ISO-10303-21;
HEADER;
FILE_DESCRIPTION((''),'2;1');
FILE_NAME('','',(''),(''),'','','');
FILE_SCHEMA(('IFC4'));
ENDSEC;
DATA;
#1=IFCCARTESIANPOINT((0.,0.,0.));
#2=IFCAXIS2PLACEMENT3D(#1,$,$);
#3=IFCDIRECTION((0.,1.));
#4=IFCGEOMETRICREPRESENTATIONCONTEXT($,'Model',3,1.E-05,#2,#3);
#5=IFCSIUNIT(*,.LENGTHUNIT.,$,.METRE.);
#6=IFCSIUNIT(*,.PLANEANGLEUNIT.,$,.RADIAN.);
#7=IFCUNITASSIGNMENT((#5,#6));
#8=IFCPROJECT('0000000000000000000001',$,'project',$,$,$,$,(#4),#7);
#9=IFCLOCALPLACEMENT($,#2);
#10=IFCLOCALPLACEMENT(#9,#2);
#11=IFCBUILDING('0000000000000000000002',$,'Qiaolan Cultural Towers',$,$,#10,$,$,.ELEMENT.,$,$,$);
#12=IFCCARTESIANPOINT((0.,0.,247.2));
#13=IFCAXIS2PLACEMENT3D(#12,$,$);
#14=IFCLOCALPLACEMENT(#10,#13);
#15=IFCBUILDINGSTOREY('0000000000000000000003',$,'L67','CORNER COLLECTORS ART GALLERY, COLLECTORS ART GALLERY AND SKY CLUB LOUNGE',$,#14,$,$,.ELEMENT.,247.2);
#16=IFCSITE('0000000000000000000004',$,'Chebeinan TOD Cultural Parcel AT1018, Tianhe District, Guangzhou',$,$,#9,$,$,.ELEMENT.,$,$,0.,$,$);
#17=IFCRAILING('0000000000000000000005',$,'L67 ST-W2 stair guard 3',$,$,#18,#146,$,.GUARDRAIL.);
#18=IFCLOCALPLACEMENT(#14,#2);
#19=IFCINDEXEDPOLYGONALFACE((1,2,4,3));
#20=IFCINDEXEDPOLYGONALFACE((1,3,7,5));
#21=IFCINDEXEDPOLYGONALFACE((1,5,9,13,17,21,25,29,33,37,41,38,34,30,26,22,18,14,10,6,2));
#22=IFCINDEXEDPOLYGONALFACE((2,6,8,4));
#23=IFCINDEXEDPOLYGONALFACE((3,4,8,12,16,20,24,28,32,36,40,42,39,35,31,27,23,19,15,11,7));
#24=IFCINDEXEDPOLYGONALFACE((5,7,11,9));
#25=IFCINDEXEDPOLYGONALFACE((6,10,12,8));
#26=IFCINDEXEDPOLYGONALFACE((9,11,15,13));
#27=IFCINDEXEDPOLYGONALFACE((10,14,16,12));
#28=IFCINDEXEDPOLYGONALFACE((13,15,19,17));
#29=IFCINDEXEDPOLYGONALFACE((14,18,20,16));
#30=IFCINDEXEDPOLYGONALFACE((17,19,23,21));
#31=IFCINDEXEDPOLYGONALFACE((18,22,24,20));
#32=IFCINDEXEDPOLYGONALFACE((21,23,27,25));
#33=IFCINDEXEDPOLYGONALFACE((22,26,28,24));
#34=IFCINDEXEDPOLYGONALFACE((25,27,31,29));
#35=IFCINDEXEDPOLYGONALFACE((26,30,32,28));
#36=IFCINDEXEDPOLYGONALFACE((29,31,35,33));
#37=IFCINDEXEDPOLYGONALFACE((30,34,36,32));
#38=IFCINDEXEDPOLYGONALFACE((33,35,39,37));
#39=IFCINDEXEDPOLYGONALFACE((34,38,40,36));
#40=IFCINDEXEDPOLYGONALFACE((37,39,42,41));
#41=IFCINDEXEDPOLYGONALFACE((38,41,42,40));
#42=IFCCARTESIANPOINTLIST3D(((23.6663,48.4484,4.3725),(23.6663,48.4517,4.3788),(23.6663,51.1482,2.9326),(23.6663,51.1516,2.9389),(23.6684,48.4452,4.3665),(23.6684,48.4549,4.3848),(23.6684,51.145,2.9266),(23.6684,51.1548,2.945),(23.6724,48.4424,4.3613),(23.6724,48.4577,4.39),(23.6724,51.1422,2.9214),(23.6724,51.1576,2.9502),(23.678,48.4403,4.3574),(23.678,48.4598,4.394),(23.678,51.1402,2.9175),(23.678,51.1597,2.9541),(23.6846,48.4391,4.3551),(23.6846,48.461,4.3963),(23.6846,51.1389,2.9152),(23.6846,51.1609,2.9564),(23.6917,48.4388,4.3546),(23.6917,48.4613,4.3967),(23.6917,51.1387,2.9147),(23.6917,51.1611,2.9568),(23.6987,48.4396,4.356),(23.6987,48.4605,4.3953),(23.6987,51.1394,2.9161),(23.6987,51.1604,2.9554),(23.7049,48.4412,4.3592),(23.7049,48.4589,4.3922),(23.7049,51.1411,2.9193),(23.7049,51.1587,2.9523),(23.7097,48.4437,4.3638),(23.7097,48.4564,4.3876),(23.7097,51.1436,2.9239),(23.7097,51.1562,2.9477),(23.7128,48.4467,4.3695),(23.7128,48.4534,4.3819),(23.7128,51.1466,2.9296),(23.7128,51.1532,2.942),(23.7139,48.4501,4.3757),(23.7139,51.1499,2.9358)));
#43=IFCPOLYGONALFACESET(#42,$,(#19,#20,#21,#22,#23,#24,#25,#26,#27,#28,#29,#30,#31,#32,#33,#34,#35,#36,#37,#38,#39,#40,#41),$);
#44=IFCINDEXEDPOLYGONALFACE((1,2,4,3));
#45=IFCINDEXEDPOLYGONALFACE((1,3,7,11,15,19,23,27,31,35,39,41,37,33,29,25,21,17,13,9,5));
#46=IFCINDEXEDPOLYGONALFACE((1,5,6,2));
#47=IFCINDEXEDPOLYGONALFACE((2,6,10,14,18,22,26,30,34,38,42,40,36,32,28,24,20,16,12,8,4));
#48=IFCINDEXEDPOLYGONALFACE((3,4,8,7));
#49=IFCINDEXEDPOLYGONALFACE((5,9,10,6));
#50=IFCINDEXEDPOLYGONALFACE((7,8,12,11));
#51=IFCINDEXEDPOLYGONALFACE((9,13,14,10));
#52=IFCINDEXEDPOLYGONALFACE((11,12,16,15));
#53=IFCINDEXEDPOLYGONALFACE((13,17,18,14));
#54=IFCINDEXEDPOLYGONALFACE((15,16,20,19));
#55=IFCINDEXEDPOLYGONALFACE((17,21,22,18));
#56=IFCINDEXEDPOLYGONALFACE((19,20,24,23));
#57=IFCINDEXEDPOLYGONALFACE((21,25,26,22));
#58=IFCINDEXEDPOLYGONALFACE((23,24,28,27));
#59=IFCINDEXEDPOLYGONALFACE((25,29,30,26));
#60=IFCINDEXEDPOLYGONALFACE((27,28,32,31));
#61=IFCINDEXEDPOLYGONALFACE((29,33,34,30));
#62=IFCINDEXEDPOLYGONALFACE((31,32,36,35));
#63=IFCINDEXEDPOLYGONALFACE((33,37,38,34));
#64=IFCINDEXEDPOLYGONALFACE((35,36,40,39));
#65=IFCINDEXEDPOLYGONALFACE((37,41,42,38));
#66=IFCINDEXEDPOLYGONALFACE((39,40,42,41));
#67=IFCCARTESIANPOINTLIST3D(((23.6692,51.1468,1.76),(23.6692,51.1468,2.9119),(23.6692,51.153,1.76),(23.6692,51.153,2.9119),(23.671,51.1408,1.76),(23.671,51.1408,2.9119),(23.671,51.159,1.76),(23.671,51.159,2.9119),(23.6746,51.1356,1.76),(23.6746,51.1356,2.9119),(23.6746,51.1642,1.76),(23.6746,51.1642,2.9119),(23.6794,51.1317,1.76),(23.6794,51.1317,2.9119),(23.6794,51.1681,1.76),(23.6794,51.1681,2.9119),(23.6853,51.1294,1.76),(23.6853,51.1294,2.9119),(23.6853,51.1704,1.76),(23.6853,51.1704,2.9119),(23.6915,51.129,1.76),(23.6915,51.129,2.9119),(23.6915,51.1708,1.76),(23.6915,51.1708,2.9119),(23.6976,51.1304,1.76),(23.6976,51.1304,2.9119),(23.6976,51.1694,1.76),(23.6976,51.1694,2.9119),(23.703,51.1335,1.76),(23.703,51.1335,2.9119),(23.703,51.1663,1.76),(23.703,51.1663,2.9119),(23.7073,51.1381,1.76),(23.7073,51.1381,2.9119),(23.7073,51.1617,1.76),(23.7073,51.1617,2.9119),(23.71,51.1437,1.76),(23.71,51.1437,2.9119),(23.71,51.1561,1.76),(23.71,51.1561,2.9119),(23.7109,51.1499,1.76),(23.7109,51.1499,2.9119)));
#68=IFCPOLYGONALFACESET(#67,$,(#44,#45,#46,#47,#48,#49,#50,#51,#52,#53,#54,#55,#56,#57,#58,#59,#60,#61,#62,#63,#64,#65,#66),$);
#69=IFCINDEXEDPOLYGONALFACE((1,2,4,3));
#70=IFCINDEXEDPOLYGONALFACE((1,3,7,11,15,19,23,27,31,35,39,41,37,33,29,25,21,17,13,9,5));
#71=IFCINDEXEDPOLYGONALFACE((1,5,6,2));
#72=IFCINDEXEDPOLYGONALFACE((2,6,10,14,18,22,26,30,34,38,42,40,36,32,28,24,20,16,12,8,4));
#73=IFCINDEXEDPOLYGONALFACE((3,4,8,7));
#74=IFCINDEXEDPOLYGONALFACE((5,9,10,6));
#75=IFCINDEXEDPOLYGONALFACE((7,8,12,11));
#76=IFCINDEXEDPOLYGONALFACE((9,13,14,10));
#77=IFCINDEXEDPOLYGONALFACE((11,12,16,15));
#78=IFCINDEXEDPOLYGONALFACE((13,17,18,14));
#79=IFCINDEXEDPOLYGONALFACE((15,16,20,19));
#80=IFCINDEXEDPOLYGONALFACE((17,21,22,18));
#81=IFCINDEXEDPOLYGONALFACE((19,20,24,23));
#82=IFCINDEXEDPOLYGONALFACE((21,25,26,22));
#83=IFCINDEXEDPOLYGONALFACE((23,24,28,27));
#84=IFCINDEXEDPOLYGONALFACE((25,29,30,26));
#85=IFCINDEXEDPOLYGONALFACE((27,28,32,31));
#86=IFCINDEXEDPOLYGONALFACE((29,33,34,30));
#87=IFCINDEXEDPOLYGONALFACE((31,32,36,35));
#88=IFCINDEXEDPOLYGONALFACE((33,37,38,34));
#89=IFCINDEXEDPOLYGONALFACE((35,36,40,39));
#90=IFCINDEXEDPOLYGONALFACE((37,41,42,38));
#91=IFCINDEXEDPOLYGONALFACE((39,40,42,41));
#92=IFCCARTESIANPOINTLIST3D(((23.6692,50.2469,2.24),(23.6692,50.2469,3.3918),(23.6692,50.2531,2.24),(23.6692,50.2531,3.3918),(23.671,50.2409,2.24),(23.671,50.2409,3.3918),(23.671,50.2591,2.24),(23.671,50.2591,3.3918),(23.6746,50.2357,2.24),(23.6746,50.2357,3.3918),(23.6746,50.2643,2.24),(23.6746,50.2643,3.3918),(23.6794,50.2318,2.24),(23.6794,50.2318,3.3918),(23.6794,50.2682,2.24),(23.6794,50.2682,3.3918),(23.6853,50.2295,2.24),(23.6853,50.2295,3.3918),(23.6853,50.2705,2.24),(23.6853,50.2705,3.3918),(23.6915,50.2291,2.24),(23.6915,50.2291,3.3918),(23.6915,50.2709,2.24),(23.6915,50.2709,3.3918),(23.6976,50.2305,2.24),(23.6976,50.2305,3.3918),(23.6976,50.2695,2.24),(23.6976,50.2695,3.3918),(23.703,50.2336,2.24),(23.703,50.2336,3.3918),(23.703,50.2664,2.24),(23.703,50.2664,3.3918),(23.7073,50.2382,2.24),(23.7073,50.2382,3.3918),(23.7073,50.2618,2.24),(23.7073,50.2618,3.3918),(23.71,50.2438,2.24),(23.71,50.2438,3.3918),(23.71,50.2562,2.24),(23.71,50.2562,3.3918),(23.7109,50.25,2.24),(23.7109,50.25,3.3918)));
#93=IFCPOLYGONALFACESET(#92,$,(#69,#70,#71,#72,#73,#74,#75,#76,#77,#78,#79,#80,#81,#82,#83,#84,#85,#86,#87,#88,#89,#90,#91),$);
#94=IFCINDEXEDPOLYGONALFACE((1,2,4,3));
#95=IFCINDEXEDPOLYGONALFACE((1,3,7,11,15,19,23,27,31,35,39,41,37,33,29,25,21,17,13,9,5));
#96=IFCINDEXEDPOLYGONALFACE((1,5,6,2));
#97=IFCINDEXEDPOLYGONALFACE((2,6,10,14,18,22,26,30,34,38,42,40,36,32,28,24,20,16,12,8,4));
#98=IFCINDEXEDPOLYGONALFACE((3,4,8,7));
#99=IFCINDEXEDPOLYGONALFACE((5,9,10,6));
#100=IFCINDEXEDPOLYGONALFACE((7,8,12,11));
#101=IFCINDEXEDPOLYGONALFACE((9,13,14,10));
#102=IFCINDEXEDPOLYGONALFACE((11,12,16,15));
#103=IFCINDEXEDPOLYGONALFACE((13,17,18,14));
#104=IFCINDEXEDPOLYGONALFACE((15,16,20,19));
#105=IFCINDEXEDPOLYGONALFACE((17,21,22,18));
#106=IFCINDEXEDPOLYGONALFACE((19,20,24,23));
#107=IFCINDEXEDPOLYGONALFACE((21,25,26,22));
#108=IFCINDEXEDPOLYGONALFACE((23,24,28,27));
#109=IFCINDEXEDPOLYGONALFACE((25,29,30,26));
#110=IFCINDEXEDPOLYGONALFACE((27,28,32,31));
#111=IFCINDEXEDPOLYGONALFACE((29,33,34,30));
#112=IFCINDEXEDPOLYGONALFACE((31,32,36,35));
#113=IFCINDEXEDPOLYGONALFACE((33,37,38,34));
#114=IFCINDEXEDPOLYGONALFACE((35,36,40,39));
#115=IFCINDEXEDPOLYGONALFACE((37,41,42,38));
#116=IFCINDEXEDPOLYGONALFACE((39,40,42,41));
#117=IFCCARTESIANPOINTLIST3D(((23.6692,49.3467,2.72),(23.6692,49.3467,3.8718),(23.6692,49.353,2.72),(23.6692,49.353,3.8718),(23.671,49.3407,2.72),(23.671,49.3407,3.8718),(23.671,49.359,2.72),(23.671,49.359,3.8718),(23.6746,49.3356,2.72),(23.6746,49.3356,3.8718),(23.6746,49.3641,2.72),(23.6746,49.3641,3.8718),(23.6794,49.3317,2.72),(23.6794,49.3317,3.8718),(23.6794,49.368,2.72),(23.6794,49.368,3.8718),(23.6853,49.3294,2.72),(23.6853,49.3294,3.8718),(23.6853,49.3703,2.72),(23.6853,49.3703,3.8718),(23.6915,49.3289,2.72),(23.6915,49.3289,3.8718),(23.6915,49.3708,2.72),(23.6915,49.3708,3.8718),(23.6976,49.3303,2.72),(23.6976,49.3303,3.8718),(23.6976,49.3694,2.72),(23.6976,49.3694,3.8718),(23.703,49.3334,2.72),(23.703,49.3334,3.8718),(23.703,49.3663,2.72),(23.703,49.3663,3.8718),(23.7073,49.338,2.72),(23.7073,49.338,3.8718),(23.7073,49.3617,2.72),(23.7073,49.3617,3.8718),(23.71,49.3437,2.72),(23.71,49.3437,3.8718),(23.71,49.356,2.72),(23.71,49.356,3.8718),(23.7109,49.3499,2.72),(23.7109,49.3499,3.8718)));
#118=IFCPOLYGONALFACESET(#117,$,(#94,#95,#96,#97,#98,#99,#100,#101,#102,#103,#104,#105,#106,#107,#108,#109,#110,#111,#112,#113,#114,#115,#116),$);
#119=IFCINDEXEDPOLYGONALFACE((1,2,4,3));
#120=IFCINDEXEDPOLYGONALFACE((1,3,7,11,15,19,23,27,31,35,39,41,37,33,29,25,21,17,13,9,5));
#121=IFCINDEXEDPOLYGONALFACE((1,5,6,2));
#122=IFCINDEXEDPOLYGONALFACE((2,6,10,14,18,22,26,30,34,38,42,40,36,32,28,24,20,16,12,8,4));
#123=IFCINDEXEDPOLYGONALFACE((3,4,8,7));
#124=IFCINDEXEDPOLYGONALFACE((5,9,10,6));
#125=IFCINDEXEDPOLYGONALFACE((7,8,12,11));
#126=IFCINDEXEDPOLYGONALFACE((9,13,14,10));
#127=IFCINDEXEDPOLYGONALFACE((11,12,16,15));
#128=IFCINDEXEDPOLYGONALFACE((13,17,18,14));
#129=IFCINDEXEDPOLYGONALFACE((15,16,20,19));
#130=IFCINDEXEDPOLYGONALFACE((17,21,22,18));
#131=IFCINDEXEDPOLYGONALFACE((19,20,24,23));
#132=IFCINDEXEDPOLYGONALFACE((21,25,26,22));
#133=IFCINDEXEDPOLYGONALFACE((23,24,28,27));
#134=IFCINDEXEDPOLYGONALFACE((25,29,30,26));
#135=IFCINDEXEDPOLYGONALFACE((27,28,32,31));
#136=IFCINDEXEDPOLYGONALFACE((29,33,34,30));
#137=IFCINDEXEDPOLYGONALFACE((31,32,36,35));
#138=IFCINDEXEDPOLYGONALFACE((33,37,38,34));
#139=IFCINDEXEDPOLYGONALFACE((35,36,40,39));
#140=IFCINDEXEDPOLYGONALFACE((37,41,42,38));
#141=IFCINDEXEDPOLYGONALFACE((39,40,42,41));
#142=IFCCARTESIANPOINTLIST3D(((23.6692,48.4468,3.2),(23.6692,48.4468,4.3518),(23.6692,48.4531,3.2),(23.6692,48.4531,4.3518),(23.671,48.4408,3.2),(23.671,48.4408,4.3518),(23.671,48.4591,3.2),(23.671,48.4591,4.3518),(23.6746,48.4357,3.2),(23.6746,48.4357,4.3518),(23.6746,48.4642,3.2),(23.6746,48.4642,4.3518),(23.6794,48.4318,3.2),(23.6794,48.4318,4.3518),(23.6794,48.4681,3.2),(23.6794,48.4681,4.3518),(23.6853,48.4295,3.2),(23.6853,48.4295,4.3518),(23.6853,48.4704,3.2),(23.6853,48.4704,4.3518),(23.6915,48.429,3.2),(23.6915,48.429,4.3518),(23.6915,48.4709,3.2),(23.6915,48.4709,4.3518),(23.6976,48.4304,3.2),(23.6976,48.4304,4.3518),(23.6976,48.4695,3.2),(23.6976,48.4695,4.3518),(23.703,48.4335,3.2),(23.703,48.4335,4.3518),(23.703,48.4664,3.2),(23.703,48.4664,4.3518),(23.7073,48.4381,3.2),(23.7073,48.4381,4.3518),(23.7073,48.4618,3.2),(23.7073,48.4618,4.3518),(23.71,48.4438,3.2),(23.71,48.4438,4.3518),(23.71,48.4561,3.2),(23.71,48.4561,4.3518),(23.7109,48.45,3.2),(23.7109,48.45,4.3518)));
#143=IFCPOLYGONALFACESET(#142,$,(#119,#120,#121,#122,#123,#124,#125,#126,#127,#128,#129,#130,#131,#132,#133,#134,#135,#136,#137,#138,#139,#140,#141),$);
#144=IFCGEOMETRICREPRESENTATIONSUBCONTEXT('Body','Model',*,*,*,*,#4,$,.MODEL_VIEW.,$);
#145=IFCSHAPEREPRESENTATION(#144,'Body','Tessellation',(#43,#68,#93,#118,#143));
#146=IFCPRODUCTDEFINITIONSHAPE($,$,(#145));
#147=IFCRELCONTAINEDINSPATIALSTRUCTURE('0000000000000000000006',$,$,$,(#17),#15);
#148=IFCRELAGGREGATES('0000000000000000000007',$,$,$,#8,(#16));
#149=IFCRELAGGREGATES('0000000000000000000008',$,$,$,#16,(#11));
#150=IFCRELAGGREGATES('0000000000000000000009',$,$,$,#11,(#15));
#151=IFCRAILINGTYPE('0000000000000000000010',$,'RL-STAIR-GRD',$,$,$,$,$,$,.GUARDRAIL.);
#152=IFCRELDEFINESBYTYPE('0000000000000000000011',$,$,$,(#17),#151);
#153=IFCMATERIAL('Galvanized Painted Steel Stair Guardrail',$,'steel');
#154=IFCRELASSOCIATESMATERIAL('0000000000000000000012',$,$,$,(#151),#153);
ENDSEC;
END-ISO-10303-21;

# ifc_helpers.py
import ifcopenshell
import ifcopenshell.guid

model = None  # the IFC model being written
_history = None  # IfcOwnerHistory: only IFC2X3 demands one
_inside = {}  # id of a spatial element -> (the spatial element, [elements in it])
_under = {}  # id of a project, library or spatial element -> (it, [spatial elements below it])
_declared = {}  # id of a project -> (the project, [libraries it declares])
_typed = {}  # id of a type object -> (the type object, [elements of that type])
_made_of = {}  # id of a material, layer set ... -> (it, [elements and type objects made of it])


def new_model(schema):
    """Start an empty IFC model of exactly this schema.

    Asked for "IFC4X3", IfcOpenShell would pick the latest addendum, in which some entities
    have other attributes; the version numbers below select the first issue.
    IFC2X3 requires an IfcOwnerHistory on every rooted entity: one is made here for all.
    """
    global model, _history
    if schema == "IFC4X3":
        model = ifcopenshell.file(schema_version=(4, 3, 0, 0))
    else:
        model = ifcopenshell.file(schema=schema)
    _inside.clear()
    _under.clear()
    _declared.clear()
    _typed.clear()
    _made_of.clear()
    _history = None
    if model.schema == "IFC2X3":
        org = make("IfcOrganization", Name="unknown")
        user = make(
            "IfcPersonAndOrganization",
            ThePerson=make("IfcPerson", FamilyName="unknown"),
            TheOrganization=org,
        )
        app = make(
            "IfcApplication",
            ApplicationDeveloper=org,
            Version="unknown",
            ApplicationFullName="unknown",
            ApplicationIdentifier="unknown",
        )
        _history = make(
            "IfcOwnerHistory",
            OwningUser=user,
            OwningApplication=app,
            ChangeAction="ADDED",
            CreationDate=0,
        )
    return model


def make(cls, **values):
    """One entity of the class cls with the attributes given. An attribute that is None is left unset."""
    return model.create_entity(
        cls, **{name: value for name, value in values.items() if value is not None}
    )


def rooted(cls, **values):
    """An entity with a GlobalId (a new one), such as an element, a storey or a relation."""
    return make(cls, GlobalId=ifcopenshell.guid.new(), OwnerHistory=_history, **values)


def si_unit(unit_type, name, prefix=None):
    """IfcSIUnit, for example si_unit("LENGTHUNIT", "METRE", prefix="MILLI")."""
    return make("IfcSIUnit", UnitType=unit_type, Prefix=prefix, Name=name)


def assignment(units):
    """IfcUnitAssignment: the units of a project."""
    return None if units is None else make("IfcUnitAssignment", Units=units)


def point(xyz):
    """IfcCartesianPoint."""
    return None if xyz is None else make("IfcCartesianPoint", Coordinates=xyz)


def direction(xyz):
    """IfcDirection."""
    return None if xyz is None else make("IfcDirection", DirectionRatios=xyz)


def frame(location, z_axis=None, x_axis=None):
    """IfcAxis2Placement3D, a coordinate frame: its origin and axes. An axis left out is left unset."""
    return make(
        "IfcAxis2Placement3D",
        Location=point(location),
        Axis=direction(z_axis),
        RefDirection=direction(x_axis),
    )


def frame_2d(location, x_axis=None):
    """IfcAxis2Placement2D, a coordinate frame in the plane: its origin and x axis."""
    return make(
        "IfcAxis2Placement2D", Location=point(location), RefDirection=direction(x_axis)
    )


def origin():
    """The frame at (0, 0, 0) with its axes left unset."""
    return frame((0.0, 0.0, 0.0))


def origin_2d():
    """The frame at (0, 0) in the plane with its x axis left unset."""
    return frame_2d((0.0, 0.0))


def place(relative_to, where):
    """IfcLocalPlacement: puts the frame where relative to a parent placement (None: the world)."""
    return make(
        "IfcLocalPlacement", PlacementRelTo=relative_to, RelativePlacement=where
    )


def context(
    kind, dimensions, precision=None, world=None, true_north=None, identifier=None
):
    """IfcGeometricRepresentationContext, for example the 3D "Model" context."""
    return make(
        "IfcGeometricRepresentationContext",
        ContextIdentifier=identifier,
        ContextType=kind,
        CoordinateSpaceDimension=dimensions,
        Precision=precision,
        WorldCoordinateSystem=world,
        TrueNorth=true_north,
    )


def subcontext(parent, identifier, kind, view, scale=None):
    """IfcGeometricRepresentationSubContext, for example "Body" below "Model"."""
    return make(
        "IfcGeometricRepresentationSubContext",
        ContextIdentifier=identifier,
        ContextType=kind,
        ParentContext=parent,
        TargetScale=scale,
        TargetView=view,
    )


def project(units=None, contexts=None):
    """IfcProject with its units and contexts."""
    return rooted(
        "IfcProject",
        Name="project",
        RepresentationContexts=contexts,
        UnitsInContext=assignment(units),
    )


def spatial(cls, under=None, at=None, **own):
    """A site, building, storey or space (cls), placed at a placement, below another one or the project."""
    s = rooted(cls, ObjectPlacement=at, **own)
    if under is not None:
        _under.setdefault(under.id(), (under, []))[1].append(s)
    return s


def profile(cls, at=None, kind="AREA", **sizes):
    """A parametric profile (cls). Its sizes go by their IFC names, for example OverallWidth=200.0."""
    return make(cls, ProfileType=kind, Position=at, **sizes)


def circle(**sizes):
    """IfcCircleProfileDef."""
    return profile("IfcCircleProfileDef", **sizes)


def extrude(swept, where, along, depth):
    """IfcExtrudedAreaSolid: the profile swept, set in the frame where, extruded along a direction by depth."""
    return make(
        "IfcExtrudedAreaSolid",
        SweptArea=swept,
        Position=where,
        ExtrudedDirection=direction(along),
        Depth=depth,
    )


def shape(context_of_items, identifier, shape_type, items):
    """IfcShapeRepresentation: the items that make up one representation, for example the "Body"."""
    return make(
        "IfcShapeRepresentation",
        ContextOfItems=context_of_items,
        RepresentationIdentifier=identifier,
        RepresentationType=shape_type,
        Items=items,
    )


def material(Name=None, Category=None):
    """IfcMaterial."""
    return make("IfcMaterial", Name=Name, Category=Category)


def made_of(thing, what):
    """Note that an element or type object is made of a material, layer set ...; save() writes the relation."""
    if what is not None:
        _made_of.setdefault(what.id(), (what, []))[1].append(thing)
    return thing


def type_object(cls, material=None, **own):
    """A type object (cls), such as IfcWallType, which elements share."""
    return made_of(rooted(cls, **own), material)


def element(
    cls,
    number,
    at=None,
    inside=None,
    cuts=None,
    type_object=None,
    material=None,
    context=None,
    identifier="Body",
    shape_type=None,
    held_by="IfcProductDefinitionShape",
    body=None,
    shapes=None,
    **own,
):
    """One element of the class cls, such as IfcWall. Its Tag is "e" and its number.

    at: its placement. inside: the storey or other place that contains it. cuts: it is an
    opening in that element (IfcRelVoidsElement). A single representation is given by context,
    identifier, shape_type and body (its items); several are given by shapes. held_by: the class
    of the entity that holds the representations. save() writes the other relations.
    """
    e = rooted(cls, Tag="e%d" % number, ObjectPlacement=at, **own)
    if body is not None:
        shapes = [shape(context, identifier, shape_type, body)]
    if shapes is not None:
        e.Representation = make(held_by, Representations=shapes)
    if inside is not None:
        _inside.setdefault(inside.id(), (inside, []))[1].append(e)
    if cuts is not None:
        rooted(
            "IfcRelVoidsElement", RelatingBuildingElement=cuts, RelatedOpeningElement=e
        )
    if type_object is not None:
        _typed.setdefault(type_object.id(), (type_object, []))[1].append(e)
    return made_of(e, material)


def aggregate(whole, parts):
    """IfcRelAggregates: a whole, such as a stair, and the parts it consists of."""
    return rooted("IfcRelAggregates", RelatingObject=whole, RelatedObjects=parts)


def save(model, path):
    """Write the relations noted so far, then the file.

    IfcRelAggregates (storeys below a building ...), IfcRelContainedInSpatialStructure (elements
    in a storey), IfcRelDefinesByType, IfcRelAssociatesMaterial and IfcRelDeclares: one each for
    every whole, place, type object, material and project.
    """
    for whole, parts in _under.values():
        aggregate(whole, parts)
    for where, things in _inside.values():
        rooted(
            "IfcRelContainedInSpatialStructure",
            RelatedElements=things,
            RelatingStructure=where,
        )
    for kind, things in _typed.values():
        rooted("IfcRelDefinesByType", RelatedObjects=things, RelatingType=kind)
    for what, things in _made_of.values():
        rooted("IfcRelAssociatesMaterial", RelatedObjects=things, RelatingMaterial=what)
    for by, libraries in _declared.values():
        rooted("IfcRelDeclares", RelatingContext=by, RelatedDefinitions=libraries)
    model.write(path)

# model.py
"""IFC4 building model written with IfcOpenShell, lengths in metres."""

from ifc_helpers import new_model, si_unit, direction, frame, origin, origin_2d, place, context, subcontext, project, spatial, circle, extrude, material, type_object, element, save


model = new_model("IFC4")

# Units and contexts
model_context = context("Model", 3, precision=1e-05, world=origin(), true_north=direction((0.0, 1.0)))
body_context = subcontext(model_context, "Body", "Model", "MODEL_VIEW")
ifc_project = project(units=[si_unit("LENGTHUNIT", "METRE"), si_unit("PLANEANGLEUNIT", "RADIAN")], contexts=[model_context])

# Site, building, storey
site_placement = place(None, origin())
site = spatial("IfcSite", under=ifc_project, at=site_placement, Name="Chebeinan TOD Cultural Parcel AT1018, Tianhe District, Guangzhou", CompositionType="ELEMENT", RefElevation=0.0)
building_placement = place(site_placement, origin())
building = spatial("IfcBuilding", under=site, at=building_placement, Name="Qiaolan Cultural Towers", CompositionType="ELEMENT")
storey_placement = place(building_placement, frame((0.0, 0.0, 247.2)))
storey = spatial("IfcBuildingStorey", under=building, at=storey_placement, Name="L67", Description="CORNER COLLECTORS ART GALLERY, COLLECTORS ART GALLERY AND SKY CLUB LOUNGE", CompositionType="ELEMENT", Elevation=247.2)

# Railing
ifc_material_1 = material(Name="Galvanized Painted Steel Stair Guardrail", Category="steel")
railing_type_1 = type_object("IfcRailingType", Name="RL-STAIR-GRD", PredefinedType="GUARDRAIL", material=ifc_material_1)
railing_1_placement = place(storey_placement, frame((23.6899, 51.1499, 1.76)))
element("IfcRailing", 1, at=railing_1_placement, inside=storey, type_object=railing_type_1, Name="L67 ST-W2 stair guard 3", PredefinedType="GUARDRAIL", context=body_context, shape_type="SweptSolid", body=[
    extrude(circle(Radius=0.0239, at=origin_2d()), frame((0.0, 0.0, 1.1758), z_axis=(0.0, -0.882357, 0.47058), x_axis=(1.0, 0.0, 0.0)), (0.0, 0.0, 1.0), 3.0598),
    extrude(circle(Radius=0.021, at=origin_2d()), origin(), (0.0, 0.0, 1.0), 1.1519),
    extrude(circle(Radius=0.021, at=origin_2d()), frame((0.0, -0.8999, 0.48)), (0.0, 0.0, 1.0), 1.1519),
    extrude(circle(Radius=0.021, at=origin_2d()), frame((0.0, -1.8, 0.96)), (0.0, 0.0, 1.0), 1.1519),
    extrude(circle(Radius=0.021, at=origin_2d()), frame((0.0, -2.7, 1.4399)), (0.0, 0.0, 1.0), 1.1519),
])

save(model, "model.ifc")
